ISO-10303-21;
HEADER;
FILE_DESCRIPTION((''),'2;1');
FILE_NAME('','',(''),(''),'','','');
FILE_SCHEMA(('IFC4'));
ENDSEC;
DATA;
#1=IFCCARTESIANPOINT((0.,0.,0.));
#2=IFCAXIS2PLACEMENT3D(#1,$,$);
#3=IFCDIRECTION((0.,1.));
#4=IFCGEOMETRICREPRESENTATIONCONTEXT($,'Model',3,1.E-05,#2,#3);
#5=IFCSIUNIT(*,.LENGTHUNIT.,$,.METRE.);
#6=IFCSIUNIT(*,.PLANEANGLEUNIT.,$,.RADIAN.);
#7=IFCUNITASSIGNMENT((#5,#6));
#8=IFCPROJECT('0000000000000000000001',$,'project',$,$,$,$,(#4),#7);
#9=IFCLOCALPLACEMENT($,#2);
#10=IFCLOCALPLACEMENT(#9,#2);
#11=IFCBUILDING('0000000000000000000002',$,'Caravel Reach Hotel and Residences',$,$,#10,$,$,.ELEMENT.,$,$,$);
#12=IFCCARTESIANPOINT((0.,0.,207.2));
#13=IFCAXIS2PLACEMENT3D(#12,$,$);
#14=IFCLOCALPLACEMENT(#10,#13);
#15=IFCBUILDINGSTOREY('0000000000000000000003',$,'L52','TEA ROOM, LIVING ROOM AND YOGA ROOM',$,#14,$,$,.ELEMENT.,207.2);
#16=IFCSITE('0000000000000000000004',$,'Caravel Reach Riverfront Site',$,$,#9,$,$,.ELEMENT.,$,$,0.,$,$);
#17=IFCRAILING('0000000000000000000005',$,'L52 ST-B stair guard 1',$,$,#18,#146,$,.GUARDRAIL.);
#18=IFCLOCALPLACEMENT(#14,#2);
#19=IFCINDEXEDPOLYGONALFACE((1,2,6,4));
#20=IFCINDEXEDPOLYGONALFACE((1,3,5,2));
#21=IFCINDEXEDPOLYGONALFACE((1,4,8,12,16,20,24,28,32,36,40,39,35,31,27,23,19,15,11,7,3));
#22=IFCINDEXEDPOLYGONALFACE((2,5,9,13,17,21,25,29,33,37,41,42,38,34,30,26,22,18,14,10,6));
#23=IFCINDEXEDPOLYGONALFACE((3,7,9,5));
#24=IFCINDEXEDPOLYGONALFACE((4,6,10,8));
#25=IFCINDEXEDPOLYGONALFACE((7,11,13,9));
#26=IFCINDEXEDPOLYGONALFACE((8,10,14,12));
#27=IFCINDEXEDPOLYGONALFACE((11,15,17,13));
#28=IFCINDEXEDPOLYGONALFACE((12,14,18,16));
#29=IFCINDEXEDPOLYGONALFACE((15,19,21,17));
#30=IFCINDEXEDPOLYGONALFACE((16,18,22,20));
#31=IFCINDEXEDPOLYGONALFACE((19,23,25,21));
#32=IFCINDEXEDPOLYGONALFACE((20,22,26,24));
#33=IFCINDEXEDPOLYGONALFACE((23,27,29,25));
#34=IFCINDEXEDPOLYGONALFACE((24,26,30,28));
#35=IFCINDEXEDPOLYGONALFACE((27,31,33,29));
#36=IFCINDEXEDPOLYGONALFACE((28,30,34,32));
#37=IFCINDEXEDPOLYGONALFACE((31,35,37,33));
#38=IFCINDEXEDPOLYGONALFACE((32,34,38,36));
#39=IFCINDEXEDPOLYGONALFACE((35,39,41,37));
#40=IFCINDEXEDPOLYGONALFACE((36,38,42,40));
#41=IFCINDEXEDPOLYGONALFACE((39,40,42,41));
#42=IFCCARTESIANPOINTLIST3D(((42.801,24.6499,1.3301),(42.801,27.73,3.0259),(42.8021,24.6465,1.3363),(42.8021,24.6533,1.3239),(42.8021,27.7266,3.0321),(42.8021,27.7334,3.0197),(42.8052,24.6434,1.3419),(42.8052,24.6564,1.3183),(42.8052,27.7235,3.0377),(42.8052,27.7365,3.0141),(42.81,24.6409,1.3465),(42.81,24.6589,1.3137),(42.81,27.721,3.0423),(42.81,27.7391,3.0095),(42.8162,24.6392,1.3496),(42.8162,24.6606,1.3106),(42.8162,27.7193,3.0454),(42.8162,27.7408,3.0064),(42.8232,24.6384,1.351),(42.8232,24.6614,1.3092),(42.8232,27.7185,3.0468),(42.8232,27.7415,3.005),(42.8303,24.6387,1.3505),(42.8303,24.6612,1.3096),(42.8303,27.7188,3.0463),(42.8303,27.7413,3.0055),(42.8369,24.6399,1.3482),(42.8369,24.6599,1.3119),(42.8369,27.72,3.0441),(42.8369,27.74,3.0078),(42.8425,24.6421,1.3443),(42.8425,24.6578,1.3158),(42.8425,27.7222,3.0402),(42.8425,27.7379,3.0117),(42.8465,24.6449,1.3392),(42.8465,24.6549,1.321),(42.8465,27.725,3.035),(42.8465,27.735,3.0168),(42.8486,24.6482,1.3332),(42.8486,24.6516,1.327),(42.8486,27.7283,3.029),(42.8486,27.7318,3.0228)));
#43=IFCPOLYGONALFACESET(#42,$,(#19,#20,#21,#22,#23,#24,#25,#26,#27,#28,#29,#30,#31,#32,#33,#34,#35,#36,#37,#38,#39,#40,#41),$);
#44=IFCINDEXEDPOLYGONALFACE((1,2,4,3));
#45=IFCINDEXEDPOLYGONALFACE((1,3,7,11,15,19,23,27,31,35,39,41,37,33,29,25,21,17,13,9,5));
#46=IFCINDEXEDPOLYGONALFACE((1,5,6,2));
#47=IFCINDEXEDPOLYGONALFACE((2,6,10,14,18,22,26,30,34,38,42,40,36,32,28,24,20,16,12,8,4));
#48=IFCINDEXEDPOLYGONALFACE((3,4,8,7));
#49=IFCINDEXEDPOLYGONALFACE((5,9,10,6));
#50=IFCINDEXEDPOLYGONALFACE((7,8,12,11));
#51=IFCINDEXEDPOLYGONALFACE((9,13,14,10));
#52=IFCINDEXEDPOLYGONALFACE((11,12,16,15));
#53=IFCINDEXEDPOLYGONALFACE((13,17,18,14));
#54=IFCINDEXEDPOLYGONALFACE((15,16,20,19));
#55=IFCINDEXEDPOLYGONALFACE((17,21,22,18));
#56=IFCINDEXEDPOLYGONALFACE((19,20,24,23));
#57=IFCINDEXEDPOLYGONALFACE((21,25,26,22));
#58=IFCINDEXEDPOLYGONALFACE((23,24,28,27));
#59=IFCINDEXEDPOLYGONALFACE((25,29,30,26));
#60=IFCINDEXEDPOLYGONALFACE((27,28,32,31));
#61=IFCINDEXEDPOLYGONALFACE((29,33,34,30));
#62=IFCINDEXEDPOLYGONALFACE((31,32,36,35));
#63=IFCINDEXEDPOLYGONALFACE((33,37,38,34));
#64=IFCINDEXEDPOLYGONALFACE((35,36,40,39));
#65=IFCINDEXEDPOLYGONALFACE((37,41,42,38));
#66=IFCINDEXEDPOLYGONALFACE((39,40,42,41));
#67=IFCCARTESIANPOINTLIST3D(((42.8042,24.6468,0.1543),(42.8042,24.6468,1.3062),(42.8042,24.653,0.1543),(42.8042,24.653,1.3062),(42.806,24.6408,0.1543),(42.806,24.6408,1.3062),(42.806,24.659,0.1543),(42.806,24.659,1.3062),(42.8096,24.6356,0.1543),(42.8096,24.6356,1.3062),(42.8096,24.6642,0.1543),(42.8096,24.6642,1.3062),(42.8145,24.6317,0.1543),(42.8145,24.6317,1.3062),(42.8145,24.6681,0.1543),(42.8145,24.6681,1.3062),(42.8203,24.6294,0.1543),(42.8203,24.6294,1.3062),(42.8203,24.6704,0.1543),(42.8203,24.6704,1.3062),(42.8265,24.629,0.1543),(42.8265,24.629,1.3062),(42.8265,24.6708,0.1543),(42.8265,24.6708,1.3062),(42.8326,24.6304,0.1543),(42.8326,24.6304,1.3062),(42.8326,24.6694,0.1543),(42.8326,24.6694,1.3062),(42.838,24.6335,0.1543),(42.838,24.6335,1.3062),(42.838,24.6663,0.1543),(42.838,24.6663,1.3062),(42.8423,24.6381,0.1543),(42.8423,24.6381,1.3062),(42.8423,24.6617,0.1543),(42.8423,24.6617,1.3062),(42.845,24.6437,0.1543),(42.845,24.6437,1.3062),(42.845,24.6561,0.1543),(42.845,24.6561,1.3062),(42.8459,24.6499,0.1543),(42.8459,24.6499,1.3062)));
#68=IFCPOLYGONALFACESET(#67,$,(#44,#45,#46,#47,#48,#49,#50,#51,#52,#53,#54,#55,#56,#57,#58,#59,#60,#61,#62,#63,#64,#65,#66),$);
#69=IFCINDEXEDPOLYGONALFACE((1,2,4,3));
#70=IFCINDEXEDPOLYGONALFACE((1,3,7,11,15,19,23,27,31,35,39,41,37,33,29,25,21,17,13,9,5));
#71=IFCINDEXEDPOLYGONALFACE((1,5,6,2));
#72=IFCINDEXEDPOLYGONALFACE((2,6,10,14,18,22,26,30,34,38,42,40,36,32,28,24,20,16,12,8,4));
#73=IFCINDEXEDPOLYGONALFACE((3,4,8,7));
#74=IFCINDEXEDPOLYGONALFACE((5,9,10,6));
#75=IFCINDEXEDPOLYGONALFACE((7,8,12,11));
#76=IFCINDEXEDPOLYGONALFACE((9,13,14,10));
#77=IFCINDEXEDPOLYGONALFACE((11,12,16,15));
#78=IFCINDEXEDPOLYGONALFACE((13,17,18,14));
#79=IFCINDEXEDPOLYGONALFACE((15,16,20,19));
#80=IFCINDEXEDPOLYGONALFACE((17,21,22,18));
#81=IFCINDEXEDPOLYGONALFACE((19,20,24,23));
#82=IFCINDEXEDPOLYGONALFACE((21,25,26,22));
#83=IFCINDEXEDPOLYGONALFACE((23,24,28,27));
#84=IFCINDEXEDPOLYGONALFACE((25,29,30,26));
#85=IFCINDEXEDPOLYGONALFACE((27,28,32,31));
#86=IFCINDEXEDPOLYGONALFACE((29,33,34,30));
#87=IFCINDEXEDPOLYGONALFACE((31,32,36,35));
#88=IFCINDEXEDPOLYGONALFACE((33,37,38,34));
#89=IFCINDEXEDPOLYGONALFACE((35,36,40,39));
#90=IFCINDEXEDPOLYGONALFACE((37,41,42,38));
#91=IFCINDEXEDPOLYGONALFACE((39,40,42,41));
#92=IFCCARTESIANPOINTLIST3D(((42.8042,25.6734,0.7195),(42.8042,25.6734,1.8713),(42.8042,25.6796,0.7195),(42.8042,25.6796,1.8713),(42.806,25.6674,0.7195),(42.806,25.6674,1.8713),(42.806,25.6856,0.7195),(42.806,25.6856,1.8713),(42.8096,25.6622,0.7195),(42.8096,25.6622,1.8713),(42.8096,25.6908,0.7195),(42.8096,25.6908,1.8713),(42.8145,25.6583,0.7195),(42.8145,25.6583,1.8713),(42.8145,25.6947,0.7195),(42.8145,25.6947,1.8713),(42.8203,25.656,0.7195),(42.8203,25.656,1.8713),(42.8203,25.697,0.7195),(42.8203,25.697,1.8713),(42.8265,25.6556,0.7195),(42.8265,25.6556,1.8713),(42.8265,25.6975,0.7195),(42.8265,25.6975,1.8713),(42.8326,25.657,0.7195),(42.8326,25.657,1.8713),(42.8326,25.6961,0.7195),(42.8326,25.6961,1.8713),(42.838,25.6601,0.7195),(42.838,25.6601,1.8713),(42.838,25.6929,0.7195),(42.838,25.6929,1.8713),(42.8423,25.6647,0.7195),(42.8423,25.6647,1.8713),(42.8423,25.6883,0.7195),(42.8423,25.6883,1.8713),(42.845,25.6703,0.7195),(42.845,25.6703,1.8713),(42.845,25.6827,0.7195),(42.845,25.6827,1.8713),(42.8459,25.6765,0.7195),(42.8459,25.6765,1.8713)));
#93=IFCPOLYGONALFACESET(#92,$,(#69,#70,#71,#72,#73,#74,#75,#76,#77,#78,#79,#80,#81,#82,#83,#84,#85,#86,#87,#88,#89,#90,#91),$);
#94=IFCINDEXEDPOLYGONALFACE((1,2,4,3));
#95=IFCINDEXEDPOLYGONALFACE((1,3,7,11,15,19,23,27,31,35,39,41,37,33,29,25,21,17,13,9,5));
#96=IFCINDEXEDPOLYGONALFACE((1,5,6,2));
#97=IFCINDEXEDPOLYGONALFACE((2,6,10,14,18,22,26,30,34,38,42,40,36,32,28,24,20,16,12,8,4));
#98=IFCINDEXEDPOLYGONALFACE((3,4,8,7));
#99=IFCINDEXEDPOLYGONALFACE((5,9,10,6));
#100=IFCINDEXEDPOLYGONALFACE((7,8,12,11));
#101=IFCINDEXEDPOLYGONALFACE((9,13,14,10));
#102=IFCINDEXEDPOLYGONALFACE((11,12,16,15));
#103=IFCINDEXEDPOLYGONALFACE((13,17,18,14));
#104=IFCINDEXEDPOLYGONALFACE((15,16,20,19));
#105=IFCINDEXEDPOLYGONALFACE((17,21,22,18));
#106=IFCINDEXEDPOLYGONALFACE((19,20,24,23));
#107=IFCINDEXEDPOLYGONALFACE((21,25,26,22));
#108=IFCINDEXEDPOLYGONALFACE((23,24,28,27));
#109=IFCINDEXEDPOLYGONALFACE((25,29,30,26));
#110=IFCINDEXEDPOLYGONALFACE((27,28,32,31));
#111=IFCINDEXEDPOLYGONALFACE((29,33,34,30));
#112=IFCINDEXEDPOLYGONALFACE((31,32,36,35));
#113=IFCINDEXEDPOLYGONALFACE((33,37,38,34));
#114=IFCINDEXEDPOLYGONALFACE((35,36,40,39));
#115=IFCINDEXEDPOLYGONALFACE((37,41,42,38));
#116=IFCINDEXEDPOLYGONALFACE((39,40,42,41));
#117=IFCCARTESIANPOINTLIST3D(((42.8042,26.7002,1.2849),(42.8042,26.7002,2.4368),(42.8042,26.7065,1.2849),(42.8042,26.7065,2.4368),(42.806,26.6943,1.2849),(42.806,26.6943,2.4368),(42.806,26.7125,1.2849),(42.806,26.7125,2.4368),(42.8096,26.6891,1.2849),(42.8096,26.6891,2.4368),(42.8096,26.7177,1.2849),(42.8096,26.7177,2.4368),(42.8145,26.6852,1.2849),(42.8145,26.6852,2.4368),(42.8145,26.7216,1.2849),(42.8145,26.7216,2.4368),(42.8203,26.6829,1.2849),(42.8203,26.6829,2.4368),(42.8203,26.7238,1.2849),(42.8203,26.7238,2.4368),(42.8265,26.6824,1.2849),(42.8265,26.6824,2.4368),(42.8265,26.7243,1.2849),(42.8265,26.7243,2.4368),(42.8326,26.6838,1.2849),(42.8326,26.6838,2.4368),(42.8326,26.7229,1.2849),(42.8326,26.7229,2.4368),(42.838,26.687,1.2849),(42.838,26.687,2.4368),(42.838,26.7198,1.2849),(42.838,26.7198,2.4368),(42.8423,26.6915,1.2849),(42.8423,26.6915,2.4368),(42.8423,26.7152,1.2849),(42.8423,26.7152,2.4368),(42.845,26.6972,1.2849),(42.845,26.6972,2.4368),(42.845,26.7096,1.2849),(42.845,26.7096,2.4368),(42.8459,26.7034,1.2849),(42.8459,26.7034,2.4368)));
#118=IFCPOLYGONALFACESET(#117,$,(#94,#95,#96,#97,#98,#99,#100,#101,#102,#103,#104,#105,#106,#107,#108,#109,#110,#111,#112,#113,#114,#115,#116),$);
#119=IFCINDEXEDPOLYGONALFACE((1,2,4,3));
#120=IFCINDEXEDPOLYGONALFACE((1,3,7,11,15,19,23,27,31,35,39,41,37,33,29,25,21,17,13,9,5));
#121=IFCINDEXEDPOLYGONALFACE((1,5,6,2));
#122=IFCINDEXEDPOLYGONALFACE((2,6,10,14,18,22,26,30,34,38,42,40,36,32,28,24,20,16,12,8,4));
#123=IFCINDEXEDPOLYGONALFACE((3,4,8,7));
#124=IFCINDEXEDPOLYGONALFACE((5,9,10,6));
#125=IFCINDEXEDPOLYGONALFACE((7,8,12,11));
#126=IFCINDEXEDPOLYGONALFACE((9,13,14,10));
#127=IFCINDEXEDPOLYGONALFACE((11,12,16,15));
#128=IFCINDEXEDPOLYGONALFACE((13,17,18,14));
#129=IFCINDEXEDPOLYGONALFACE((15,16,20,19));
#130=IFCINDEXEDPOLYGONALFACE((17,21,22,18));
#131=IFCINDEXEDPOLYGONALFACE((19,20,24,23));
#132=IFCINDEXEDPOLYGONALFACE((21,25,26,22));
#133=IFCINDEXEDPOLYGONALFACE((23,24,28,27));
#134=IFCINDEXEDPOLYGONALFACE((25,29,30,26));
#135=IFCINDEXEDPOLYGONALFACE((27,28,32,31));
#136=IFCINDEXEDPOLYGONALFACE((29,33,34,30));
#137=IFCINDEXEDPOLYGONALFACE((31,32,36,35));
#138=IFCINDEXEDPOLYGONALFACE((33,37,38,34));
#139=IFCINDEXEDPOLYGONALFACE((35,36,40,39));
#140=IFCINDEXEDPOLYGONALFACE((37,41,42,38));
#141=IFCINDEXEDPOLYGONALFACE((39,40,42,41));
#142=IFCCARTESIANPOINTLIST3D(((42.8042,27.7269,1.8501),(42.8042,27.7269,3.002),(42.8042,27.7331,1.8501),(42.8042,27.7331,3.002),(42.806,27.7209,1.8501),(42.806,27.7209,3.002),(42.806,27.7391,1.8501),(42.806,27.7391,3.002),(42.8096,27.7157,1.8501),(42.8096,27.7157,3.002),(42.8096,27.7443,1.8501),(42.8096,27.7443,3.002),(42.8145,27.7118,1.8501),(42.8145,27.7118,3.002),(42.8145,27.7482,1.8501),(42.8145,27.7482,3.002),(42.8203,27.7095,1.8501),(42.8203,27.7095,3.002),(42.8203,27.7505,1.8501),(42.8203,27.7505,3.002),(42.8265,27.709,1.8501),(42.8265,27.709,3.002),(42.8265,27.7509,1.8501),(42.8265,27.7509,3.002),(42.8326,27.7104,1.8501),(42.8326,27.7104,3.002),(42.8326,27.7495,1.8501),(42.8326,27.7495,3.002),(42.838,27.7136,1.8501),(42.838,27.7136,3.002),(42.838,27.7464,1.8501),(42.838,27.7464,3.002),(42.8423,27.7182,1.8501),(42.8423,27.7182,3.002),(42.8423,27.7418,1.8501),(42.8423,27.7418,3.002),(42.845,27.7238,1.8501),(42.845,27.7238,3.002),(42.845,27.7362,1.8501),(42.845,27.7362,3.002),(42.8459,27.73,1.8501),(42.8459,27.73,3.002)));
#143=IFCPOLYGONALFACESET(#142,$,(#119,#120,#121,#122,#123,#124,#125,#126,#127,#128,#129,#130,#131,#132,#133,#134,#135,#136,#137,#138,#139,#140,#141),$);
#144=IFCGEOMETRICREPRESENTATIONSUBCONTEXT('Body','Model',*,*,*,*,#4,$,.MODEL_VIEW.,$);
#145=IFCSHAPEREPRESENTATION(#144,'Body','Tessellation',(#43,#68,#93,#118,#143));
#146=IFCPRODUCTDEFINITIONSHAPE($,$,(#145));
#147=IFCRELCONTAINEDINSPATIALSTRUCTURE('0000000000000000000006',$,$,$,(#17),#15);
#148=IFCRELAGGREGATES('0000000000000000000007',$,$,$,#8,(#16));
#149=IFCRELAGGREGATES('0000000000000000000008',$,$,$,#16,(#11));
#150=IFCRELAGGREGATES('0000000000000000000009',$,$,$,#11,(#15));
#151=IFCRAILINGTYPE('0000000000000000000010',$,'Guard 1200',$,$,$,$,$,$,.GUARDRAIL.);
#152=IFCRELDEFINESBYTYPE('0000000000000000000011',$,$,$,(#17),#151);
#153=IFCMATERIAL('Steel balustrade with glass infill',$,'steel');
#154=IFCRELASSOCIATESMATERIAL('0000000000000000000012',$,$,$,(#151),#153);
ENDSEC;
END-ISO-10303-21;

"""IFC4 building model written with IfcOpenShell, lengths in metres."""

from ifc_helpers import new_model, si_unit, direction, frame, origin, origin_2d, place, context, subcontext, project, spatial, circle, extrude, material, type_object, element, save


model = new_model("IFC4")

# Units and contexts
model_context = context("Model", 3, precision=1e-05, world=origin(), true_north=direction((0.0, 1.0)))
body_context = subcontext(model_context, "Body", "Model", "MODEL_VIEW")
ifc_project = project(units=[si_unit("LENGTHUNIT", "METRE"), si_unit("PLANEANGLEUNIT", "RADIAN")], contexts=[model_context])

# Site, building, storey
site_placement = place(None, origin())
site = spatial("IfcSite", under=ifc_project, at=site_placement, Name="Caravel Reach Riverfront Site", CompositionType="ELEMENT", RefElevation=0.0)
building_placement = place(site_placement, origin())
building = spatial("IfcBuilding", under=site, at=building_placement, Name="Caravel Reach Hotel and Residences", CompositionType="ELEMENT")
storey_placement = place(building_placement, frame((0.0, 0.0, 207.2)))
storey = spatial("IfcBuildingStorey", under=building, at=storey_placement, Name="L52", Description="TEA ROOM, LIVING ROOM AND YOGA ROOM", CompositionType="ELEMENT", Elevation=207.2)

# Railing
ifc_material_1 = material(Name="Steel balustrade with glass infill", Category="steel")
railing_type_1 = type_object("IfcRailingType", Name="Guard 1200", PredefinedType="GUARDRAIL", material=ifc_material_1)
railing_1_placement = place(storey_placement, frame((42.825, 24.6499, 0.1543)))
element("IfcRailing", 1, at=railing_1_placement, inside=storey, type_object=railing_type_1, Name="L52 ST-B stair guard 1", PredefinedType="GUARDRAIL", context=body_context, shape_type="SweptSolid", body=[
    extrude(circle(Radius=0.0239, at=origin_2d()), frame((0.0, 0.0, 1.1758), z_axis=(0.0, 0.876005, 0.482303), x_axis=(-1.0, 0.0, 0.0)), (0.0, 0.0, 1.0), 3.5161),
    extrude(circle(Radius=0.021, at=origin_2d()), origin(), (0.0, 0.0, 1.0), 1.1519),
    extrude(circle(Radius=0.021, at=origin_2d()), frame((0.0, 1.0266, 0.5652)), (0.0, 0.0, 1.0), 1.1519),
    extrude(circle(Radius=0.021, at=origin_2d()), frame((0.0, 2.0535, 1.1306)), (0.0, 0.0, 1.0), 1.1519),
    extrude(circle(Radius=0.021, at=origin_2d()), frame((0.0, 3.0801, 1.6958)), (0.0, 0.0, 1.0), 1.1519),
])

save(model, "model.ifc")
